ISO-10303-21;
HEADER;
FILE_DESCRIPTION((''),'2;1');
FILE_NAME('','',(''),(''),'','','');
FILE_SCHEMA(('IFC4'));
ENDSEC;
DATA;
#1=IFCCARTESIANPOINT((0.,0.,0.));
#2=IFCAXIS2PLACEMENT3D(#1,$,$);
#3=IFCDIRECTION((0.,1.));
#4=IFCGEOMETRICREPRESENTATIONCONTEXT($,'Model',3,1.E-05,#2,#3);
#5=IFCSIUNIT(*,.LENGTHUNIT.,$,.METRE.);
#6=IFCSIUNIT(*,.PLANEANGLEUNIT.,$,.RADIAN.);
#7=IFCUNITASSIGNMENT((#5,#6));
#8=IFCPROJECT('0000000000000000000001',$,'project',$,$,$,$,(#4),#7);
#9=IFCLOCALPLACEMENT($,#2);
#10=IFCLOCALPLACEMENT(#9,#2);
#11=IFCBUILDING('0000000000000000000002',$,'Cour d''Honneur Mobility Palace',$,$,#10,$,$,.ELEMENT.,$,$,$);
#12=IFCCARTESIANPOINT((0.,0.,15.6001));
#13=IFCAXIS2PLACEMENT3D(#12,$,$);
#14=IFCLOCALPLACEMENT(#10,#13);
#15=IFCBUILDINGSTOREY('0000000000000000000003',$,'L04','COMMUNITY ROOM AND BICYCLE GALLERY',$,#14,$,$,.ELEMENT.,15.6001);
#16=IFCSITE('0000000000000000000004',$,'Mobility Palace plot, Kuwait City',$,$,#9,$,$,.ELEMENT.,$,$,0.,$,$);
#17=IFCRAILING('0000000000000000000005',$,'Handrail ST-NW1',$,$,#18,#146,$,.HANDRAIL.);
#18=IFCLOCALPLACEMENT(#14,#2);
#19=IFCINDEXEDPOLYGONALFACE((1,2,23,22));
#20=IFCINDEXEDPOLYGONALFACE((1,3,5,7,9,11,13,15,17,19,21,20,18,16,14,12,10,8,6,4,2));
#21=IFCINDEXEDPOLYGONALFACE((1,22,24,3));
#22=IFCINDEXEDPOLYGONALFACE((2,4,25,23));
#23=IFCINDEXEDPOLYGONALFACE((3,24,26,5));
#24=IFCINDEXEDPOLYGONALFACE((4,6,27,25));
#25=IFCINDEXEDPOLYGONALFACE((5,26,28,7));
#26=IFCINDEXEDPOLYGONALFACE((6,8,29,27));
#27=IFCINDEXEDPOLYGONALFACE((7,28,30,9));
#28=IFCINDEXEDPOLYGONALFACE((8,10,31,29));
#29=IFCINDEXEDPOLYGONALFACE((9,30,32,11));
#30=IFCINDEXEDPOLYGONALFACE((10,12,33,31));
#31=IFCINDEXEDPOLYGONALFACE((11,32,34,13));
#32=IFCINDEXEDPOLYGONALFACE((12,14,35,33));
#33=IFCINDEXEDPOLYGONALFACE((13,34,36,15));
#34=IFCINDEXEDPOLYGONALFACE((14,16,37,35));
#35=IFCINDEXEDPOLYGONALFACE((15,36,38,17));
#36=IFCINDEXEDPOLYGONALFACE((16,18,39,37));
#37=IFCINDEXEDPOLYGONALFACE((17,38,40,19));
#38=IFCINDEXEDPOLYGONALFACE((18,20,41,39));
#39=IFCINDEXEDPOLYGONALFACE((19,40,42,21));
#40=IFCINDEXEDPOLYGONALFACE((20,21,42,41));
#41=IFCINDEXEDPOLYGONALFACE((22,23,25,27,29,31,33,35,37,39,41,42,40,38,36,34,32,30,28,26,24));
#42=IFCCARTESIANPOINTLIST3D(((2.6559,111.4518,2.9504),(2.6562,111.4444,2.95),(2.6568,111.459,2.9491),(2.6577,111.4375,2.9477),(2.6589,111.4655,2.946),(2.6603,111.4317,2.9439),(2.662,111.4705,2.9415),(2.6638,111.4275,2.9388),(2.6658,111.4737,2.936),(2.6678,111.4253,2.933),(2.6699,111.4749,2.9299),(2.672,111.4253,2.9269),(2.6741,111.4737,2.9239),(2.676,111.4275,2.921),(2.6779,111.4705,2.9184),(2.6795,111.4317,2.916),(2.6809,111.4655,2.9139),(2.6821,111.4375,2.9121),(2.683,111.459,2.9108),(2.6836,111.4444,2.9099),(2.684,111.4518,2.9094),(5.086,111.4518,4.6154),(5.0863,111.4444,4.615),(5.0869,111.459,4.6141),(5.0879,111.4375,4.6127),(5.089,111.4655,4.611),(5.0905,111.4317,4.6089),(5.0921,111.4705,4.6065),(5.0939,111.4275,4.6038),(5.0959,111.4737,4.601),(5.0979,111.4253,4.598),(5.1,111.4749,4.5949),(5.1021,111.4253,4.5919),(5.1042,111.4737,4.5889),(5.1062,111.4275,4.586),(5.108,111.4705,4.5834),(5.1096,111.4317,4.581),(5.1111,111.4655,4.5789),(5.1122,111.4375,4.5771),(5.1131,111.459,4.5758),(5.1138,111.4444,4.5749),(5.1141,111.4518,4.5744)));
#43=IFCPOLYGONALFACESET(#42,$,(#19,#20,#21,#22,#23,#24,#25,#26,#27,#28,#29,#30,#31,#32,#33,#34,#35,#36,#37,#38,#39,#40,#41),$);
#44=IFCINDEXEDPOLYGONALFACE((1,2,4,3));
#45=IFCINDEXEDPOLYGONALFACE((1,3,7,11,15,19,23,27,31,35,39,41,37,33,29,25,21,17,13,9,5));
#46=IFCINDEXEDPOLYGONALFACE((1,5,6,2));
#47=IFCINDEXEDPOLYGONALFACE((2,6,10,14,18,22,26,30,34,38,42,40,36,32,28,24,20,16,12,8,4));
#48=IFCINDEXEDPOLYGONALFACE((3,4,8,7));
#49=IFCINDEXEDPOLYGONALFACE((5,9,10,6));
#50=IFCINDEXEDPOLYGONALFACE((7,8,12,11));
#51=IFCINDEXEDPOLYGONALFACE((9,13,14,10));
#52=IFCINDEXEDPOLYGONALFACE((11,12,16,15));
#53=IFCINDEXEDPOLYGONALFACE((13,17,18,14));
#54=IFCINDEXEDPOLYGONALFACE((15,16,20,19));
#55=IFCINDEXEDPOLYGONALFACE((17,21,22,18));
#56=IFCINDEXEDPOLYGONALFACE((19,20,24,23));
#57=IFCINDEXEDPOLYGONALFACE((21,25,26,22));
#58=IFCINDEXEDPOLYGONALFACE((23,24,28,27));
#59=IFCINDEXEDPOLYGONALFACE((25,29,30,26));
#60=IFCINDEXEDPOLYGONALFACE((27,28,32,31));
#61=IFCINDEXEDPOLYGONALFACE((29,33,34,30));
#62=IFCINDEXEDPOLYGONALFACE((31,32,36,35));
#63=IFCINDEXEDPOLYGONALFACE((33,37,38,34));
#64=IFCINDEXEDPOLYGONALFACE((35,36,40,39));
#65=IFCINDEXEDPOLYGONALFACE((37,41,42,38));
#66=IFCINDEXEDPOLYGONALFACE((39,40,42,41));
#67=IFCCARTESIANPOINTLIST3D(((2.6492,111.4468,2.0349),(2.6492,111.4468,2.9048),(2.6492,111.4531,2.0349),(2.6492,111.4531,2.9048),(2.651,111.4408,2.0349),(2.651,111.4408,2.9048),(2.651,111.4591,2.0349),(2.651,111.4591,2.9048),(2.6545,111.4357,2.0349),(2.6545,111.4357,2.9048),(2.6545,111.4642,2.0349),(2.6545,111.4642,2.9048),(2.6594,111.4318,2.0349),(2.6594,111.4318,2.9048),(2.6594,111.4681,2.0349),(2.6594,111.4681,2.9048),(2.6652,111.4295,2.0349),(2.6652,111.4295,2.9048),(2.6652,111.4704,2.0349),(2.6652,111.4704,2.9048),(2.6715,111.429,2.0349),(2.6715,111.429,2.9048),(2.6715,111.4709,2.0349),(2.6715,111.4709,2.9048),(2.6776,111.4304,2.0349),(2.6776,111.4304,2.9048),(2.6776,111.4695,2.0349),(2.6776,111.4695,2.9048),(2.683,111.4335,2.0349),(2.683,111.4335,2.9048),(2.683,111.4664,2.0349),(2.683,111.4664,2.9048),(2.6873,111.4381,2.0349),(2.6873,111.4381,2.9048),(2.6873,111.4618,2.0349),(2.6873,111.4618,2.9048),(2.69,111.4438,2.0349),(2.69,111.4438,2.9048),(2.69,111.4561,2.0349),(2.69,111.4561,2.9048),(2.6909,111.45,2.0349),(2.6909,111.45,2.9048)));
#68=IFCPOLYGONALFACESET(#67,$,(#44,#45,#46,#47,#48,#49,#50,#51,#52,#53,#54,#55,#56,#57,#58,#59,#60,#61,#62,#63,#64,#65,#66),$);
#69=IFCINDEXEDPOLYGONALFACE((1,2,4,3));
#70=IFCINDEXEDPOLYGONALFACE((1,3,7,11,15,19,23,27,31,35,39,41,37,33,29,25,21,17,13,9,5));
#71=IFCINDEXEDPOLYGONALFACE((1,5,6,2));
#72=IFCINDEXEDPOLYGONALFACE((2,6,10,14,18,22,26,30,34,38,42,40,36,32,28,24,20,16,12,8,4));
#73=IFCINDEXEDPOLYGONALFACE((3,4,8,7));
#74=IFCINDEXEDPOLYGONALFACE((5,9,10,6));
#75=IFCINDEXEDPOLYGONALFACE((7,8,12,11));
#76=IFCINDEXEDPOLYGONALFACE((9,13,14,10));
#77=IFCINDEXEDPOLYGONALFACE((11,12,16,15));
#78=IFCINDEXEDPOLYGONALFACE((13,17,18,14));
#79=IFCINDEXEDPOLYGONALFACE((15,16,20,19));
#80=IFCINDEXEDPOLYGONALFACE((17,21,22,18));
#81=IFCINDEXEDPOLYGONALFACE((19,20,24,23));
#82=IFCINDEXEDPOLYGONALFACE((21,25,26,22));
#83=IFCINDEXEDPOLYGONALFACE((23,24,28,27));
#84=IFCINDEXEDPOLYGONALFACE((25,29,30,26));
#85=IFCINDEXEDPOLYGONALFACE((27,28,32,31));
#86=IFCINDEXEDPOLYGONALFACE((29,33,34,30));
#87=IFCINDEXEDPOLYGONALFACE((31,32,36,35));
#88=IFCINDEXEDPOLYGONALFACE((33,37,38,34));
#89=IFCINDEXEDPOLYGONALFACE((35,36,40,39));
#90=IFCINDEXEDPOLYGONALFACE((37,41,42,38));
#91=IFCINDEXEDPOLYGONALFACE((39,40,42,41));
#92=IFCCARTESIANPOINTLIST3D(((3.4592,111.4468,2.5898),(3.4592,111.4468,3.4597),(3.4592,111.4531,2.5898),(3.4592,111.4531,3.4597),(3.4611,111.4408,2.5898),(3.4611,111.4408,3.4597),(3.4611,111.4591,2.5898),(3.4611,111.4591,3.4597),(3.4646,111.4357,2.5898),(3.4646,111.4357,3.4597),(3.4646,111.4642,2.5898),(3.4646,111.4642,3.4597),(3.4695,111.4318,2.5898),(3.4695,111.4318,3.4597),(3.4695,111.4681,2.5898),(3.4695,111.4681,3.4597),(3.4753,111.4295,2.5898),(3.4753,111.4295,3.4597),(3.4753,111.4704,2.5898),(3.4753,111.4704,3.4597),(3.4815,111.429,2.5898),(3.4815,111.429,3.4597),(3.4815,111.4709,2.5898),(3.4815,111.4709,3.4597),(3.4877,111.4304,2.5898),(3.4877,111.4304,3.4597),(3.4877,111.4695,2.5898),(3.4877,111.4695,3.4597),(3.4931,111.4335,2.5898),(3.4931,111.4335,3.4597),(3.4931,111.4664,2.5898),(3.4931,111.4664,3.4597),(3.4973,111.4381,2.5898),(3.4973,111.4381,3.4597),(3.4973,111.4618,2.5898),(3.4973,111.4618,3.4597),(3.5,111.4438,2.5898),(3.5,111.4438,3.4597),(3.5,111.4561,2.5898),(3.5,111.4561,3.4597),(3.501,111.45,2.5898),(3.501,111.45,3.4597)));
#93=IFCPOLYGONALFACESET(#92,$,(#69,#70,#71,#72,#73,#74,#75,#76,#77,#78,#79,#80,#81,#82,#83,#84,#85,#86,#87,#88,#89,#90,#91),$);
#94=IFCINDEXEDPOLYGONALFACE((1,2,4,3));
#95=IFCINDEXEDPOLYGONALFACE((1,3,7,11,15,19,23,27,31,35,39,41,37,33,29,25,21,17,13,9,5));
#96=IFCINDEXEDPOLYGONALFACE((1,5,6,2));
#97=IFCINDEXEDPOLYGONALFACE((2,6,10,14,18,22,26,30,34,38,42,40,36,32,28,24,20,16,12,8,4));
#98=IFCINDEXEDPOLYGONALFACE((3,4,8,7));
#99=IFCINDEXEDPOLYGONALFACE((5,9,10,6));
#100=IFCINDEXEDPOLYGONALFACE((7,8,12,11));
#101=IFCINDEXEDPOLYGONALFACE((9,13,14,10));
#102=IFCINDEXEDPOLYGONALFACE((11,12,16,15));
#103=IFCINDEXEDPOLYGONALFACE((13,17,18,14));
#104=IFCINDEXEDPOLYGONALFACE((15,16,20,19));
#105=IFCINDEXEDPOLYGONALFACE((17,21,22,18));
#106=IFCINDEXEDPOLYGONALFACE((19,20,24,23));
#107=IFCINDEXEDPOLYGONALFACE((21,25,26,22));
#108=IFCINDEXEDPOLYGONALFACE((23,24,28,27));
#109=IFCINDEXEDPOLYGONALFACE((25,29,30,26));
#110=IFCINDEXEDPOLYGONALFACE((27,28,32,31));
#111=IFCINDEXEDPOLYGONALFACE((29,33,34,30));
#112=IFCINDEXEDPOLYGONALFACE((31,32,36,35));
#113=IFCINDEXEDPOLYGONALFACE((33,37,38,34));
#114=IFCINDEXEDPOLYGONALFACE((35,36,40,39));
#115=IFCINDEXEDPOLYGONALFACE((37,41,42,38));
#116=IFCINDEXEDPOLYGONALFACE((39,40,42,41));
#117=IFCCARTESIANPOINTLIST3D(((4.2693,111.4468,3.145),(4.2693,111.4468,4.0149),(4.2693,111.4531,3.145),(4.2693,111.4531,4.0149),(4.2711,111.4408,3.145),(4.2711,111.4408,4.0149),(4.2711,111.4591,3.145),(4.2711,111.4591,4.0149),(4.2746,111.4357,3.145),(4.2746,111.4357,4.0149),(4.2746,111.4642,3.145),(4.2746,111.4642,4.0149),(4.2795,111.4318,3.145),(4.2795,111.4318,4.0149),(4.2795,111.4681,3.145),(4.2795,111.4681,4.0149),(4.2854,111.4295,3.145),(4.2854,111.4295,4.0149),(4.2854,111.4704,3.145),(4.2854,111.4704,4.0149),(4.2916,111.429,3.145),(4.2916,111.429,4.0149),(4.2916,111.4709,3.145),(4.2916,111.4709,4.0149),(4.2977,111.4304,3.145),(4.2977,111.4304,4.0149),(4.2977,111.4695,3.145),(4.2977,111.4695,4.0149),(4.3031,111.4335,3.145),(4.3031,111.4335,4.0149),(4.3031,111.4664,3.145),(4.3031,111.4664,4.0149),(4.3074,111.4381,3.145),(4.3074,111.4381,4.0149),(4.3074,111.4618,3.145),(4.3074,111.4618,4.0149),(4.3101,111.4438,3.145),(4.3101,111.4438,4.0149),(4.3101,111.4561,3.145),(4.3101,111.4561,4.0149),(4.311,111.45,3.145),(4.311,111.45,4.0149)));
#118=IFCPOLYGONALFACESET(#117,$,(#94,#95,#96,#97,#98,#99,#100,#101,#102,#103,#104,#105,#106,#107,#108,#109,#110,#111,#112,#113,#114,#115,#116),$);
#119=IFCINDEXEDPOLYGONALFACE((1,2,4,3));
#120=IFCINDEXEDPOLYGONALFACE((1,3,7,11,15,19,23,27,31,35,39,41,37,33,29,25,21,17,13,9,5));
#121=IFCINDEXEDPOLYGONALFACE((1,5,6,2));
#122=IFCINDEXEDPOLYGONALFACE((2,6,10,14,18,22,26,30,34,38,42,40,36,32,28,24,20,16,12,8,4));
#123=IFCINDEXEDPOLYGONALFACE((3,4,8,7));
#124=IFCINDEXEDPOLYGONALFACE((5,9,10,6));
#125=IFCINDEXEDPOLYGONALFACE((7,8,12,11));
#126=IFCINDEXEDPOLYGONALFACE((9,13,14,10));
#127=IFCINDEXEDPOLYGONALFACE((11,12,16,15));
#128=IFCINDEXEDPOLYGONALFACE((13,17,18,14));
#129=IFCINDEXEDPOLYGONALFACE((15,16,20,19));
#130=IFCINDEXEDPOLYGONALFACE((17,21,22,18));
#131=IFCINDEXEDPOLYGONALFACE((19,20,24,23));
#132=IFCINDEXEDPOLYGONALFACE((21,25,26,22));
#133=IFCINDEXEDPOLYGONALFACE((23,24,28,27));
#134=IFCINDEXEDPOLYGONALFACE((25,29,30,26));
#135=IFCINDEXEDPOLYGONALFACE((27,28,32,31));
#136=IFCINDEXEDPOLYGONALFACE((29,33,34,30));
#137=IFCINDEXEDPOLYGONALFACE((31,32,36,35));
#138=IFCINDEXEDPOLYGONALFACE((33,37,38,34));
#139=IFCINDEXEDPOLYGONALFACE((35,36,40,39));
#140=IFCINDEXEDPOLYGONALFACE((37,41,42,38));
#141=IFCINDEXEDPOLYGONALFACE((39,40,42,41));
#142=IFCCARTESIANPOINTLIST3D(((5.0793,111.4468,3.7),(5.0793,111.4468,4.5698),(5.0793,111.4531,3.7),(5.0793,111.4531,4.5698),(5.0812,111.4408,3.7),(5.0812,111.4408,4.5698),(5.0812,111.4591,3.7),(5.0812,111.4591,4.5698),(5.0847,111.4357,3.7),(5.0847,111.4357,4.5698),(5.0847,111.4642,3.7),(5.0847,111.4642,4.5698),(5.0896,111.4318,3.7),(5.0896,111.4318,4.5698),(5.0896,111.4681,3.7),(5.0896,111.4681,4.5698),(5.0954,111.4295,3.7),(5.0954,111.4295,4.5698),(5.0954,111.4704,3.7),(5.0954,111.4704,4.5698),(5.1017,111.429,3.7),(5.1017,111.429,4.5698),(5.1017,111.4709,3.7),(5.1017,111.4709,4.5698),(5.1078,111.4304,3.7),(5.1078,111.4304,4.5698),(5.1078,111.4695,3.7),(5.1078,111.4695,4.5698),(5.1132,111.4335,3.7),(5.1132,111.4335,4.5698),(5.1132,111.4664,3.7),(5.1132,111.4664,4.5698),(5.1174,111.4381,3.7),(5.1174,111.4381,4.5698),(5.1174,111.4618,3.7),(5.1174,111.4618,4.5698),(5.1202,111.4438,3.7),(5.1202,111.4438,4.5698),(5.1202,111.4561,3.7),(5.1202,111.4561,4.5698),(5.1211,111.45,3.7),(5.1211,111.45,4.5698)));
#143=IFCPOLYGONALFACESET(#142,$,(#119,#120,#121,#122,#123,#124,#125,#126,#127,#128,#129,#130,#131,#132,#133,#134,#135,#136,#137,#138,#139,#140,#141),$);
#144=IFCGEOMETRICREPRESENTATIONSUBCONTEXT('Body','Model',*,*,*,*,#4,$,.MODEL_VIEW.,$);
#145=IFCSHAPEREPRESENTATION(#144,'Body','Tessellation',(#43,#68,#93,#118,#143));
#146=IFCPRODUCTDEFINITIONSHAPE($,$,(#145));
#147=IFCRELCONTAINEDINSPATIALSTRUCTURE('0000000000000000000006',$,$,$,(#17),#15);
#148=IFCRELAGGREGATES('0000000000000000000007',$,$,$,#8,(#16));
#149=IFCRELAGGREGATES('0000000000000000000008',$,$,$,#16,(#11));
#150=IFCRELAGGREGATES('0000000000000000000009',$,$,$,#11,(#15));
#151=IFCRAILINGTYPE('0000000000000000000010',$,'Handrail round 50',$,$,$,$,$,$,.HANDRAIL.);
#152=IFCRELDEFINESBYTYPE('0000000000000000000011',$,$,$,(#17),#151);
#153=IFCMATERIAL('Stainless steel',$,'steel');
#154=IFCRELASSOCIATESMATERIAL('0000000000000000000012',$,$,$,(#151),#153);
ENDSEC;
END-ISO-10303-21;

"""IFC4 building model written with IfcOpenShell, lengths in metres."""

from ifc_helpers import new_model, si_unit, direction, frame, origin, origin_2d, place, context, subcontext, project, spatial, circle, extrude, material, type_object, element, save


model = new_model("IFC4")

# Units and contexts
model_context = context("Model", 3, precision=1e-05, world=origin(), true_north=direction((0.0, 1.0)))
body_context = subcontext(model_context, "Body", "Model", "MODEL_VIEW")
ifc_project = project(units=[si_unit("LENGTHUNIT", "METRE"), si_unit("PLANEANGLEUNIT", "RADIAN")], contexts=[model_context])

# Site, building, storey
site_placement = place(None, origin())
site = spatial("IfcSite", under=ifc_project, at=site_placement, Name="Mobility Palace plot, Kuwait City", CompositionType="ELEMENT", RefElevation=0.0)
building_placement = place(site_placement, origin())
building = spatial("IfcBuilding", under=site, at=building_placement, Name="Cour d'Honneur Mobility Palace", CompositionType="ELEMENT")
storey_placement = place(building_placement, frame((0.0, 0.0, 15.6001)))
storey = spatial("IfcBuildingStorey", under=building, at=storey_placement, Name="L04", Description="COMMUNITY ROOM AND BICYCLE GALLERY", CompositionType="ELEMENT", Elevation=15.6001)

# Railing
ifc_material_1 = material(Name="Stainless steel", Category="steel")
railing_type = type_object("IfcRailingType", Name="Handrail round 50", PredefinedType="HANDRAIL", material=ifc_material_1)
railing_placement = place(storey_placement, frame((2.6699, 111.45, 2.0349)))
element("IfcRailing", 1, at=railing_placement, inside=storey, type_object=railing_type, Name="Handrail ST-NW1", PredefinedType="HANDRAIL", context=body_context, shape_type="SweptSolid", body=[
    extrude(circle(Radius=0.0249, at=origin_2d()), frame((0.0, 0.0, 0.895), z_axis=(0.824945, 0.0, 0.565213), x_axis=(0.0, 1.0, 0.0)), (0.0, 0.0, 1.0), 2.9458),
    extrude(circle(Radius=0.021, at=origin_2d()), origin(), (0.0, 0.0, 1.0), 0.8699),
    extrude(circle(Radius=0.021, at=origin_2d()), frame((0.8101, 0.0, 0.5549)), (0.0, 0.0, 1.0), 0.8699),
    extrude(circle(Radius=0.021, at=origin_2d()), frame((1.6201, 0.0, 1.1101)), (0.0, 0.0, 1.0), 0.8699),
    extrude(circle(Radius=0.021, at=origin_2d()), frame((2.4302, 0.0, 1.665)), (0.0, 0.0, 1.0), 0.8699),
])

save(model, "model.ifc")
